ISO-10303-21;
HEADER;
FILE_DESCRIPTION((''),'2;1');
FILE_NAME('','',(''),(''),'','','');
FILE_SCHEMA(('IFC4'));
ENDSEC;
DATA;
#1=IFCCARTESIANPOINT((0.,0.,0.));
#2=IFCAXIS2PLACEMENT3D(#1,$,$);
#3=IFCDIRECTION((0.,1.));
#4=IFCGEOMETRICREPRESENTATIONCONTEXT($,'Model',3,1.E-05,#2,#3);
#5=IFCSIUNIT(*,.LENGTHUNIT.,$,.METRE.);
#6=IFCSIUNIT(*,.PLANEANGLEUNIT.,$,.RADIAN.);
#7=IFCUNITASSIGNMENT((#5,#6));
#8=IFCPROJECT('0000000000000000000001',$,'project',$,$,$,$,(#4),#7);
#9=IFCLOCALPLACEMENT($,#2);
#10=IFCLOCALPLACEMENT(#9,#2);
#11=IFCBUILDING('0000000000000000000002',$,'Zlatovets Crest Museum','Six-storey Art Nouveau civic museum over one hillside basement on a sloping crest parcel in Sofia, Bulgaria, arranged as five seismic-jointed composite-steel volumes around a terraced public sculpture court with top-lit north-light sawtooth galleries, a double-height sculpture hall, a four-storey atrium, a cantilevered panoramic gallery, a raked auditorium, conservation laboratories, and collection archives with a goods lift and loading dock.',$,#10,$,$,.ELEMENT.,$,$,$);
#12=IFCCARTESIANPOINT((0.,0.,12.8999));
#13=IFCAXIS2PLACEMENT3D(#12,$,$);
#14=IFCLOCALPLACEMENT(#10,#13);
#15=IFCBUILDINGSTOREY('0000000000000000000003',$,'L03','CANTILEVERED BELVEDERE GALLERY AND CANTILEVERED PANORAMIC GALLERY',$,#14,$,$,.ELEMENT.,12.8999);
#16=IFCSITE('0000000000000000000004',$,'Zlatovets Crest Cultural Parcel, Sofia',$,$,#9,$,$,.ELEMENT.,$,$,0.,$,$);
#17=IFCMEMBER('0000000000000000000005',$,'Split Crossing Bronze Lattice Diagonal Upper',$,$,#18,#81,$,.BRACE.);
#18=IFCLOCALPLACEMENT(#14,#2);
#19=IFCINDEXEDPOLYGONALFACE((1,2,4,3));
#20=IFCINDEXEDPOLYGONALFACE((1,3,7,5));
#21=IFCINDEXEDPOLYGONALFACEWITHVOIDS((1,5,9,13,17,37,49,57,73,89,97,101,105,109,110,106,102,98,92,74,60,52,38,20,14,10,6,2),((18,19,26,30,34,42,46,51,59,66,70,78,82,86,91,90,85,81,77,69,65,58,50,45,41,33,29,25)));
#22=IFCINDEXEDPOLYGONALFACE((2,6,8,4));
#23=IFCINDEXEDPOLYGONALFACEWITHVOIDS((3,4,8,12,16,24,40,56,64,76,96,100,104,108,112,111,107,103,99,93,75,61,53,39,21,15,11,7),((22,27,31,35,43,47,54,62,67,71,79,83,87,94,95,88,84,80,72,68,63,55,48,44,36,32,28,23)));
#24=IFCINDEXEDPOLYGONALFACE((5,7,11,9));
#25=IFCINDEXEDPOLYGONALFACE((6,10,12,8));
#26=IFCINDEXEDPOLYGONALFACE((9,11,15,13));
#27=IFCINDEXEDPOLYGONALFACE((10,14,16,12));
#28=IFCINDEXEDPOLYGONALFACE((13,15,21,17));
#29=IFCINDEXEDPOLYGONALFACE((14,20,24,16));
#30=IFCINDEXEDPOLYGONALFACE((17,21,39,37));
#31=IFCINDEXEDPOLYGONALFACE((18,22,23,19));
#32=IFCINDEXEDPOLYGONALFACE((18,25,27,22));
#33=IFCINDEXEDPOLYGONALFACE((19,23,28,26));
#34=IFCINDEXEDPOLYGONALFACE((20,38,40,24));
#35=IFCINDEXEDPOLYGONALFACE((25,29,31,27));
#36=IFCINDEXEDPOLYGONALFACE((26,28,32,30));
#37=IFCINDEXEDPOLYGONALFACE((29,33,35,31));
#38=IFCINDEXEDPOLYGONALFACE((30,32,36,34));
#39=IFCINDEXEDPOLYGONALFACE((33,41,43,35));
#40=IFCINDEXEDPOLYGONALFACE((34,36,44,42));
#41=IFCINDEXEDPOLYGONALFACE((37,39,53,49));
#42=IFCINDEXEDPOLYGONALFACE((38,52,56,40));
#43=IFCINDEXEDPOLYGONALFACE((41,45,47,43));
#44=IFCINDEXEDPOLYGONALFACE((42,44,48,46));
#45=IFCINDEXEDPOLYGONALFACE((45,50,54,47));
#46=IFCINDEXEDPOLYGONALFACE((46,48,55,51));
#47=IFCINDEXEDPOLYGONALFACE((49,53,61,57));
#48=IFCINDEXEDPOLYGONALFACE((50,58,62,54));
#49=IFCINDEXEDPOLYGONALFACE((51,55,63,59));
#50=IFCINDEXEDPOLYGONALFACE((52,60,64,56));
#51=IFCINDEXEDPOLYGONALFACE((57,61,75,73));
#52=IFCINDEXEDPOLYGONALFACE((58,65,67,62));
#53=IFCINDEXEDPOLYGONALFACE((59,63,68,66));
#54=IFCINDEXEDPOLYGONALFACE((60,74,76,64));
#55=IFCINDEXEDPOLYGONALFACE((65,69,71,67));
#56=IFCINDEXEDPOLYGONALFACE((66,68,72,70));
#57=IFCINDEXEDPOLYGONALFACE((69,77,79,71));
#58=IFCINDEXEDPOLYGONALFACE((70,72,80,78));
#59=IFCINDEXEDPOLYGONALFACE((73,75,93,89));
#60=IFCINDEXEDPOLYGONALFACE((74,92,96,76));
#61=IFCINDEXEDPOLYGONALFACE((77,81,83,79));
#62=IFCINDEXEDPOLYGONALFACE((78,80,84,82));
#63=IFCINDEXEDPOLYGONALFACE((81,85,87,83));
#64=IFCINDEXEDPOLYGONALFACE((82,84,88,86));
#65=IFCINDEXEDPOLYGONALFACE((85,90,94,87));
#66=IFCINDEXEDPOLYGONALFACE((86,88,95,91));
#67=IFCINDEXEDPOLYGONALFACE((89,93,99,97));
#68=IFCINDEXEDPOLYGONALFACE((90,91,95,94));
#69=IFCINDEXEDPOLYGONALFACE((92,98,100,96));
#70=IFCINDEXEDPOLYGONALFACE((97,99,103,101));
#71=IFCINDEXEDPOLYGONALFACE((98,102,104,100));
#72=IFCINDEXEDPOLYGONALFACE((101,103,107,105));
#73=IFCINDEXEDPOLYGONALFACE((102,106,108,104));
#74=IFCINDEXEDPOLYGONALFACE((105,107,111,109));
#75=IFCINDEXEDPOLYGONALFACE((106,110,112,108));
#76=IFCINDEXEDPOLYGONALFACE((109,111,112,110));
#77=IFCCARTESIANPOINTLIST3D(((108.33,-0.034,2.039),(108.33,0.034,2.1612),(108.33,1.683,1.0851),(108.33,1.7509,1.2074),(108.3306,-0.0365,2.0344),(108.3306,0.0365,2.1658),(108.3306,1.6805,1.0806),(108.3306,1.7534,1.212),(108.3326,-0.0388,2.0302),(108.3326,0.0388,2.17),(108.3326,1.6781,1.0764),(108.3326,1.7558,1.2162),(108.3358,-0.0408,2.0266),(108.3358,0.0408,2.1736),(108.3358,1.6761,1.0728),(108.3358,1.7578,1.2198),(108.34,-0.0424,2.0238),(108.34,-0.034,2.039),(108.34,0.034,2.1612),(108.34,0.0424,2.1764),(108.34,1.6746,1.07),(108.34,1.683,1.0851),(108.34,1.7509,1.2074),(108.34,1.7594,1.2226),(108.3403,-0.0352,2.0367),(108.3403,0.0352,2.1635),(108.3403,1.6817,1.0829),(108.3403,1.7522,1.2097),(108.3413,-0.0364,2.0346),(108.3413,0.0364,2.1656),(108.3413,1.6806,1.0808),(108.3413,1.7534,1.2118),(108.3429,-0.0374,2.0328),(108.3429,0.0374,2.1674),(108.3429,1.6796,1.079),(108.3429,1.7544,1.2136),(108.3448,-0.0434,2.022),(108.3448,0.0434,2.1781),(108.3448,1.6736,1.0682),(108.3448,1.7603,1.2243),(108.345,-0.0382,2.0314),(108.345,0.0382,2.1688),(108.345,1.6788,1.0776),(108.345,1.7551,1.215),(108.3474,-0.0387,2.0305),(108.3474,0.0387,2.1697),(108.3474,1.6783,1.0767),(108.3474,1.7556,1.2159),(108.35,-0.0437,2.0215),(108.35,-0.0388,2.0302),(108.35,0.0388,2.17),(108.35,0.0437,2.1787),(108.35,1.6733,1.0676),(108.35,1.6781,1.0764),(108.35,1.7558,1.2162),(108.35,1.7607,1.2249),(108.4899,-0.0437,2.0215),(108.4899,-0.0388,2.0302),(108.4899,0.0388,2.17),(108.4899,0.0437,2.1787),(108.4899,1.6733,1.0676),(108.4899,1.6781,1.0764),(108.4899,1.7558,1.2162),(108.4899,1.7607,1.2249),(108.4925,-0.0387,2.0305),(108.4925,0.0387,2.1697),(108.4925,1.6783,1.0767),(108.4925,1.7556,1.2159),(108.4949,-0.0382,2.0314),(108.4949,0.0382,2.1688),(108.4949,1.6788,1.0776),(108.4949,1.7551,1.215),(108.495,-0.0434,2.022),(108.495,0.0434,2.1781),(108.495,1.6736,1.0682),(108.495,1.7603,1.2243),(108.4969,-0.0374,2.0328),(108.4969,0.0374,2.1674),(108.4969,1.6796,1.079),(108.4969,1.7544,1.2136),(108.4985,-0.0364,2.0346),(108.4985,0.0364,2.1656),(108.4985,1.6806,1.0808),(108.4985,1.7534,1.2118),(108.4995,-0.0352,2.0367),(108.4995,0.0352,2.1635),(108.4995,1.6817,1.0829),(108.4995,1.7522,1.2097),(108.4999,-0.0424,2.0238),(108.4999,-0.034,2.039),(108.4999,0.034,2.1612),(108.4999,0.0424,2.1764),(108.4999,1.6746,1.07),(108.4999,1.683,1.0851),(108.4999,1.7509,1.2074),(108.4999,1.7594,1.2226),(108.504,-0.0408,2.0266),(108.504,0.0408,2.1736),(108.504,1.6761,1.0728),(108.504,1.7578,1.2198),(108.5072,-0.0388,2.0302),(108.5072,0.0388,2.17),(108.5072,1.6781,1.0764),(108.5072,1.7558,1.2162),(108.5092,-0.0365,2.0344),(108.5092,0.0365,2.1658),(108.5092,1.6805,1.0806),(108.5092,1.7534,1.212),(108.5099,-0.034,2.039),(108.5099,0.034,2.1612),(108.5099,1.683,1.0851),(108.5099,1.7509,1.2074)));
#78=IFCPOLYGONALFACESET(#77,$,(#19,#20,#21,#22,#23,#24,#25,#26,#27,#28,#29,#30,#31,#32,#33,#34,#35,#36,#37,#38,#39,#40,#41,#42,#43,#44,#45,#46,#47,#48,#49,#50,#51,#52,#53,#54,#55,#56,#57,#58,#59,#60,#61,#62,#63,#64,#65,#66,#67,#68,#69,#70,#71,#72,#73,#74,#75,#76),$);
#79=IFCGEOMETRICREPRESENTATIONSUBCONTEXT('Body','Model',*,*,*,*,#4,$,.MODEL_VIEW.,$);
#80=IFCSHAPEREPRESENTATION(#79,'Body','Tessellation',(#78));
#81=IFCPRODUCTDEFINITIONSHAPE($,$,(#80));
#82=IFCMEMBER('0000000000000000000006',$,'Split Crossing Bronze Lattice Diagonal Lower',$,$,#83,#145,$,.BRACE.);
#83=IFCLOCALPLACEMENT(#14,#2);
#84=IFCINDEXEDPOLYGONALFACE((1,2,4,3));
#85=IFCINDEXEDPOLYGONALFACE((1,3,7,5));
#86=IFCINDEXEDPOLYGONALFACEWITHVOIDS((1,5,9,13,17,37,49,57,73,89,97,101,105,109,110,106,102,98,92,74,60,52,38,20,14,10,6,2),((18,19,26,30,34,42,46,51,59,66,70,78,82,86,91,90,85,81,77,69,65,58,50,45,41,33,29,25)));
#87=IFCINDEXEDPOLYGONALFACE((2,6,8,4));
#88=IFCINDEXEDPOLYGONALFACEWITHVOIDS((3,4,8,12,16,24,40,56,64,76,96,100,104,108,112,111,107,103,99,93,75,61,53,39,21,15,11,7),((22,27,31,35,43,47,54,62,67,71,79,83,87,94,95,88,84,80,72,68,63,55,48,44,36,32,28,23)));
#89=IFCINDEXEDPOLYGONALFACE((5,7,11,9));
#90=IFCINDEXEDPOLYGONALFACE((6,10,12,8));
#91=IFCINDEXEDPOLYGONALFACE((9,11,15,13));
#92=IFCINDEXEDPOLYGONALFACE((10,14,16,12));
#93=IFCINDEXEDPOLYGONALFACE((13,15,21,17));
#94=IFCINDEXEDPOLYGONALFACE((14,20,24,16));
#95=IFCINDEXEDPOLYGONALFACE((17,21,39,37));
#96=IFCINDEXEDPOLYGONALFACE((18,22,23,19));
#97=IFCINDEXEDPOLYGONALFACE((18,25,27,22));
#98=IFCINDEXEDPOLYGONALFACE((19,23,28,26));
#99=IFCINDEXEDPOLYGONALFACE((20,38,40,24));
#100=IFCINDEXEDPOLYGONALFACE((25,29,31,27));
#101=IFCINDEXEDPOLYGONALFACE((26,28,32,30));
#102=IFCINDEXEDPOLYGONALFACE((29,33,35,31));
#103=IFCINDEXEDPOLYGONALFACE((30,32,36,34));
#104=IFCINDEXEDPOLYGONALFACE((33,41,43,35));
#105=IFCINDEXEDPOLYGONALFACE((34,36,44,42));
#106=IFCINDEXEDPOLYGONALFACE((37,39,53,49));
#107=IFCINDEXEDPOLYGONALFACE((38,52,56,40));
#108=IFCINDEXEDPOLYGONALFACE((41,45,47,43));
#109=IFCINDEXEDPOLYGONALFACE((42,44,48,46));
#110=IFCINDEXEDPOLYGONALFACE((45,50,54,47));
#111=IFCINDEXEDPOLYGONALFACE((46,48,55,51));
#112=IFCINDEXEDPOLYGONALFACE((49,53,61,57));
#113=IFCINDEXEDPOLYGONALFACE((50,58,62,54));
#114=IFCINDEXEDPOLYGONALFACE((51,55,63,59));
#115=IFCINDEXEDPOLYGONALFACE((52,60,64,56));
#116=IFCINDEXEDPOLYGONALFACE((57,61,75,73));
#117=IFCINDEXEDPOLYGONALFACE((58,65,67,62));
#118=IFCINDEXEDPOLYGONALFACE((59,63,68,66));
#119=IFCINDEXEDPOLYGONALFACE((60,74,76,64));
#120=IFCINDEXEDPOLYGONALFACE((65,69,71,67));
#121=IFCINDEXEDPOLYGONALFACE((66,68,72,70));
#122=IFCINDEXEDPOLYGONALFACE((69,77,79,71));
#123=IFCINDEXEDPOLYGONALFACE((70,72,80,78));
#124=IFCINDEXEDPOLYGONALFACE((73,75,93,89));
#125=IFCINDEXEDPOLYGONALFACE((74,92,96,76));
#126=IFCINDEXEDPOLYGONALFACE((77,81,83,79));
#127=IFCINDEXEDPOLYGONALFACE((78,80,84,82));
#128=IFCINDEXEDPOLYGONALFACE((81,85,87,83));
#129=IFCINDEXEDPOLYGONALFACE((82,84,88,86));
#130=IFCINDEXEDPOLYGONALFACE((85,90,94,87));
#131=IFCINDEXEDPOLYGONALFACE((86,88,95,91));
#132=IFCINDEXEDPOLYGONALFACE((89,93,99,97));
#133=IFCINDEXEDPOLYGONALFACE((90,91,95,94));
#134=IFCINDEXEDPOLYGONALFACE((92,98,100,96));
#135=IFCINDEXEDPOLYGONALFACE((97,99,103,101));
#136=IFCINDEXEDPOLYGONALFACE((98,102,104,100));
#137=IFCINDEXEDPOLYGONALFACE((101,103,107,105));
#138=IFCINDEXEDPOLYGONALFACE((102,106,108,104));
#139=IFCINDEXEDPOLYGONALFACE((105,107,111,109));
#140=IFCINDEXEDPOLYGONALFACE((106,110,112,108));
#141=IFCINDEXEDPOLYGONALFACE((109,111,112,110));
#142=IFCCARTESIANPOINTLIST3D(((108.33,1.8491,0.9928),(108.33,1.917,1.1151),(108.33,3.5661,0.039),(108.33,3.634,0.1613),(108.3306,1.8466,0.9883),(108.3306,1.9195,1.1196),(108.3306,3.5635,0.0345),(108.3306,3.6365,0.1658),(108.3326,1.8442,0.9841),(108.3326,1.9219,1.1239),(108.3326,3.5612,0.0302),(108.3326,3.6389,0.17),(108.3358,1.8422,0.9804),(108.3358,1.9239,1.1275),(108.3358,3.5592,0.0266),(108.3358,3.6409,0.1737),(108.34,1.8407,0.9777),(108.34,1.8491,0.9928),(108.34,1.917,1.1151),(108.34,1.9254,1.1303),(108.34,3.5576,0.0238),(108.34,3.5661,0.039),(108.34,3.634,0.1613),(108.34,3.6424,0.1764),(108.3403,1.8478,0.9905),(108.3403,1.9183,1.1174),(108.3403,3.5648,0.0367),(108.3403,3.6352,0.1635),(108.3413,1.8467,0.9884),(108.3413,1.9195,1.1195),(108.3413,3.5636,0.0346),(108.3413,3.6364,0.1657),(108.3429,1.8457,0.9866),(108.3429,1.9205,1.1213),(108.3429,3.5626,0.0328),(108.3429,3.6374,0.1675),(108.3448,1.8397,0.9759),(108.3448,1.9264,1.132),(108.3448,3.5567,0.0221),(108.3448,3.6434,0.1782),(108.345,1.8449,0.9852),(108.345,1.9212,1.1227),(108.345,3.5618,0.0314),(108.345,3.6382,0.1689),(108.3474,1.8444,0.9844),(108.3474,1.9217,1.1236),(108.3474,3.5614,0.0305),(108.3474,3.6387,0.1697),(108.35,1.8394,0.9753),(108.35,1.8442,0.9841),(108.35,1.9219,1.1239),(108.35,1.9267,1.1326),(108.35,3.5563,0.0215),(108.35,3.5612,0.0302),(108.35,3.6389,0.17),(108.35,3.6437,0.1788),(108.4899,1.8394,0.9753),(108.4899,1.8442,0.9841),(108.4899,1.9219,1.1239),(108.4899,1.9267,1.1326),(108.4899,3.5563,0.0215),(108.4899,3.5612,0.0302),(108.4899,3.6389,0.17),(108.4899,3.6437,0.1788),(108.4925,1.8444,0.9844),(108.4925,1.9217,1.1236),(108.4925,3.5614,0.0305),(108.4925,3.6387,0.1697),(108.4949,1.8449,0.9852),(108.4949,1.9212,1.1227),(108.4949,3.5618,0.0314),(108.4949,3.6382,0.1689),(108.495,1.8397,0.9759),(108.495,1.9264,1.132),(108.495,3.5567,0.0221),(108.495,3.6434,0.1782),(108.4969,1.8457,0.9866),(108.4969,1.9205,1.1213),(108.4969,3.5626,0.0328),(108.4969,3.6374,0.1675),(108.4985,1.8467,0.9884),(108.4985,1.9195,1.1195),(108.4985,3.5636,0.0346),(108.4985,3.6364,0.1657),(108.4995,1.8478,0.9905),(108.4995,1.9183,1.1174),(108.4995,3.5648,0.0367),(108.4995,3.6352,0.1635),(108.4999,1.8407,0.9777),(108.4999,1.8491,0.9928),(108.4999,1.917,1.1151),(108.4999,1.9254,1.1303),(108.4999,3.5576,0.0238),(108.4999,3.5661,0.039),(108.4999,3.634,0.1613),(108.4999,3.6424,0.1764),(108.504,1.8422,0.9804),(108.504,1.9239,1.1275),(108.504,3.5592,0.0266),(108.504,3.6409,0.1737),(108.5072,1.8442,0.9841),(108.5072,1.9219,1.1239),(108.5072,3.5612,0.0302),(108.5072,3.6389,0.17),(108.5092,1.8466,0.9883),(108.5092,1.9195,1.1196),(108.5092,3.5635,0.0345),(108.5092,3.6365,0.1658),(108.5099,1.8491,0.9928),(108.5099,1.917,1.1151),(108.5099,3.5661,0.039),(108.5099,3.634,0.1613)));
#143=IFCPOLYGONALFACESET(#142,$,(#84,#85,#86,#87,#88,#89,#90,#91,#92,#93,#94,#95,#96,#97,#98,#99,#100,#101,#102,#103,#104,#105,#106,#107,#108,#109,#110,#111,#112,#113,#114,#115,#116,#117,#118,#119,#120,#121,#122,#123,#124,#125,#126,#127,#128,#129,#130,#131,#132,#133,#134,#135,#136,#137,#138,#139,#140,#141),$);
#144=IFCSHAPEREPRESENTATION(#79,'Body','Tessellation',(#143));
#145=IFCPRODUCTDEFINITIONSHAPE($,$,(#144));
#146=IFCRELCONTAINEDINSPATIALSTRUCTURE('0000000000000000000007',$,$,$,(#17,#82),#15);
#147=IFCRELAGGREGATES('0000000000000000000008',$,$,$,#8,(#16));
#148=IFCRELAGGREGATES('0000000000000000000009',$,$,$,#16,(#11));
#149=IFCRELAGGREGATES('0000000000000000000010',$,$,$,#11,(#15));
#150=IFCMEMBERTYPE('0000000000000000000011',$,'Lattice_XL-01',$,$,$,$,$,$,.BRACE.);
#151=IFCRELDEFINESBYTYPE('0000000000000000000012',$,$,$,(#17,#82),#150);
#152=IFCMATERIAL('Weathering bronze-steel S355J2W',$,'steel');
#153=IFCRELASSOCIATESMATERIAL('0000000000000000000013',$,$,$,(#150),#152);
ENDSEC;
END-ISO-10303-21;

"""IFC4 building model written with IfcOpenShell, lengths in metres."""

from ifc_helpers import new_model, si_unit, direction, frame, origin, origin_2d, place, context, subcontext, project, spatial, hollow_rectangle, extrude, material, material_profile, profile_set, type_object, element, save


model = new_model("IFC4")

# Units and contexts
model_context = context("Model", 3, precision=1e-05, world=origin(), true_north=direction((0.0, 1.0)))
body_context = subcontext(model_context, "Body", "Model", "MODEL_VIEW")
ifc_project = project(units=[si_unit("LENGTHUNIT", "METRE"), si_unit("PLANEANGLEUNIT", "RADIAN")], contexts=[model_context])

# Site, building, storey
site_placement = place(None, origin())
site = spatial("IfcSite", under=ifc_project, at=site_placement, Name="Zlatovets Crest Cultural Parcel, Sofia", CompositionType="ELEMENT", RefElevation=0.0)
building_placement = place(site_placement, origin())
building = spatial("IfcBuilding", under=site, at=building_placement, Name="Zlatovets Crest Museum", Description="Six-storey Art Nouveau civic museum over one hillside basement on a sloping crest parcel in Sofia, Bulgaria, arranged as five seismic-jointed composite-steel volumes around a terraced public sculpture court with top-lit north-light sawtooth galleries, a double-height sculpture hall, a four-storey atrium, a cantilevered panoramic gallery, a raked auditorium, conservation laboratories, and collection archives with a goods lift and loading dock.", CompositionType="ELEMENT")
storey_placement = place(building_placement, frame((0.0, 0.0, 12.8999)))
storey = spatial("IfcBuildingStorey", under=building, at=storey_placement, Name="L03", Description="CANTILEVERED BELVEDERE GALLERY AND CANTILEVERED PANORAMIC GALLERY", CompositionType="ELEMENT", Elevation=12.8999)

# Members
ifc_material_1 = material(Name="Weathering bronze-steel S355J2W", Category="steel")
ifc_material_profile_1 = material_profile(ifc_material_1, hollow_rectangle(XDim=0.1799, YDim=0.1799, WallThickness=0.01, InnerFilletRadius=0.01, OuterFilletRadius=0.02, at=origin_2d()), Name="SHS 180x180x10.0")
ifc_profile_set_1 = profile_set([ifc_material_profile_1], Name="Weathering bronze-steel S355J2W")
member_type_1 = type_object("IfcMemberType", Name="Lattice_XL-01", PredefinedType="BRACE", material=ifc_profile_set_1)
for number, where, z_axis, x_axis, name in (
    (1, (108.4199, 0.0, 2.1001), (0.0, 0.874169, -0.485622), (-1.0, 0.0, 0.0), "Split Crossing Bronze Lattice Diagonal Upper"),
    (2, (108.4199, 1.8831, 1.054), (0.0, 0.874169, -0.485622), (-1.0, 0.0, 0.0), "Split Crossing Bronze Lattice Diagonal Lower"),
):
    element("IfcMember", number, at=place(storey_placement, frame(where, z_axis=z_axis, x_axis=x_axis)), inside=storey, type_object=member_type_1, Name=name, PredefinedType="BRACE", context=body_context, shape_type="SweptSolid", body=[
        extrude(hollow_rectangle(XDim=0.1799, YDim=0.1799, WallThickness=0.01, InnerFilletRadius=0.01, OuterFilletRadius=0.02, at=origin_2d()), origin(), (0.0, 0.0, 1.0), 1.9641),
    ])

save(model, "model.ifc")
